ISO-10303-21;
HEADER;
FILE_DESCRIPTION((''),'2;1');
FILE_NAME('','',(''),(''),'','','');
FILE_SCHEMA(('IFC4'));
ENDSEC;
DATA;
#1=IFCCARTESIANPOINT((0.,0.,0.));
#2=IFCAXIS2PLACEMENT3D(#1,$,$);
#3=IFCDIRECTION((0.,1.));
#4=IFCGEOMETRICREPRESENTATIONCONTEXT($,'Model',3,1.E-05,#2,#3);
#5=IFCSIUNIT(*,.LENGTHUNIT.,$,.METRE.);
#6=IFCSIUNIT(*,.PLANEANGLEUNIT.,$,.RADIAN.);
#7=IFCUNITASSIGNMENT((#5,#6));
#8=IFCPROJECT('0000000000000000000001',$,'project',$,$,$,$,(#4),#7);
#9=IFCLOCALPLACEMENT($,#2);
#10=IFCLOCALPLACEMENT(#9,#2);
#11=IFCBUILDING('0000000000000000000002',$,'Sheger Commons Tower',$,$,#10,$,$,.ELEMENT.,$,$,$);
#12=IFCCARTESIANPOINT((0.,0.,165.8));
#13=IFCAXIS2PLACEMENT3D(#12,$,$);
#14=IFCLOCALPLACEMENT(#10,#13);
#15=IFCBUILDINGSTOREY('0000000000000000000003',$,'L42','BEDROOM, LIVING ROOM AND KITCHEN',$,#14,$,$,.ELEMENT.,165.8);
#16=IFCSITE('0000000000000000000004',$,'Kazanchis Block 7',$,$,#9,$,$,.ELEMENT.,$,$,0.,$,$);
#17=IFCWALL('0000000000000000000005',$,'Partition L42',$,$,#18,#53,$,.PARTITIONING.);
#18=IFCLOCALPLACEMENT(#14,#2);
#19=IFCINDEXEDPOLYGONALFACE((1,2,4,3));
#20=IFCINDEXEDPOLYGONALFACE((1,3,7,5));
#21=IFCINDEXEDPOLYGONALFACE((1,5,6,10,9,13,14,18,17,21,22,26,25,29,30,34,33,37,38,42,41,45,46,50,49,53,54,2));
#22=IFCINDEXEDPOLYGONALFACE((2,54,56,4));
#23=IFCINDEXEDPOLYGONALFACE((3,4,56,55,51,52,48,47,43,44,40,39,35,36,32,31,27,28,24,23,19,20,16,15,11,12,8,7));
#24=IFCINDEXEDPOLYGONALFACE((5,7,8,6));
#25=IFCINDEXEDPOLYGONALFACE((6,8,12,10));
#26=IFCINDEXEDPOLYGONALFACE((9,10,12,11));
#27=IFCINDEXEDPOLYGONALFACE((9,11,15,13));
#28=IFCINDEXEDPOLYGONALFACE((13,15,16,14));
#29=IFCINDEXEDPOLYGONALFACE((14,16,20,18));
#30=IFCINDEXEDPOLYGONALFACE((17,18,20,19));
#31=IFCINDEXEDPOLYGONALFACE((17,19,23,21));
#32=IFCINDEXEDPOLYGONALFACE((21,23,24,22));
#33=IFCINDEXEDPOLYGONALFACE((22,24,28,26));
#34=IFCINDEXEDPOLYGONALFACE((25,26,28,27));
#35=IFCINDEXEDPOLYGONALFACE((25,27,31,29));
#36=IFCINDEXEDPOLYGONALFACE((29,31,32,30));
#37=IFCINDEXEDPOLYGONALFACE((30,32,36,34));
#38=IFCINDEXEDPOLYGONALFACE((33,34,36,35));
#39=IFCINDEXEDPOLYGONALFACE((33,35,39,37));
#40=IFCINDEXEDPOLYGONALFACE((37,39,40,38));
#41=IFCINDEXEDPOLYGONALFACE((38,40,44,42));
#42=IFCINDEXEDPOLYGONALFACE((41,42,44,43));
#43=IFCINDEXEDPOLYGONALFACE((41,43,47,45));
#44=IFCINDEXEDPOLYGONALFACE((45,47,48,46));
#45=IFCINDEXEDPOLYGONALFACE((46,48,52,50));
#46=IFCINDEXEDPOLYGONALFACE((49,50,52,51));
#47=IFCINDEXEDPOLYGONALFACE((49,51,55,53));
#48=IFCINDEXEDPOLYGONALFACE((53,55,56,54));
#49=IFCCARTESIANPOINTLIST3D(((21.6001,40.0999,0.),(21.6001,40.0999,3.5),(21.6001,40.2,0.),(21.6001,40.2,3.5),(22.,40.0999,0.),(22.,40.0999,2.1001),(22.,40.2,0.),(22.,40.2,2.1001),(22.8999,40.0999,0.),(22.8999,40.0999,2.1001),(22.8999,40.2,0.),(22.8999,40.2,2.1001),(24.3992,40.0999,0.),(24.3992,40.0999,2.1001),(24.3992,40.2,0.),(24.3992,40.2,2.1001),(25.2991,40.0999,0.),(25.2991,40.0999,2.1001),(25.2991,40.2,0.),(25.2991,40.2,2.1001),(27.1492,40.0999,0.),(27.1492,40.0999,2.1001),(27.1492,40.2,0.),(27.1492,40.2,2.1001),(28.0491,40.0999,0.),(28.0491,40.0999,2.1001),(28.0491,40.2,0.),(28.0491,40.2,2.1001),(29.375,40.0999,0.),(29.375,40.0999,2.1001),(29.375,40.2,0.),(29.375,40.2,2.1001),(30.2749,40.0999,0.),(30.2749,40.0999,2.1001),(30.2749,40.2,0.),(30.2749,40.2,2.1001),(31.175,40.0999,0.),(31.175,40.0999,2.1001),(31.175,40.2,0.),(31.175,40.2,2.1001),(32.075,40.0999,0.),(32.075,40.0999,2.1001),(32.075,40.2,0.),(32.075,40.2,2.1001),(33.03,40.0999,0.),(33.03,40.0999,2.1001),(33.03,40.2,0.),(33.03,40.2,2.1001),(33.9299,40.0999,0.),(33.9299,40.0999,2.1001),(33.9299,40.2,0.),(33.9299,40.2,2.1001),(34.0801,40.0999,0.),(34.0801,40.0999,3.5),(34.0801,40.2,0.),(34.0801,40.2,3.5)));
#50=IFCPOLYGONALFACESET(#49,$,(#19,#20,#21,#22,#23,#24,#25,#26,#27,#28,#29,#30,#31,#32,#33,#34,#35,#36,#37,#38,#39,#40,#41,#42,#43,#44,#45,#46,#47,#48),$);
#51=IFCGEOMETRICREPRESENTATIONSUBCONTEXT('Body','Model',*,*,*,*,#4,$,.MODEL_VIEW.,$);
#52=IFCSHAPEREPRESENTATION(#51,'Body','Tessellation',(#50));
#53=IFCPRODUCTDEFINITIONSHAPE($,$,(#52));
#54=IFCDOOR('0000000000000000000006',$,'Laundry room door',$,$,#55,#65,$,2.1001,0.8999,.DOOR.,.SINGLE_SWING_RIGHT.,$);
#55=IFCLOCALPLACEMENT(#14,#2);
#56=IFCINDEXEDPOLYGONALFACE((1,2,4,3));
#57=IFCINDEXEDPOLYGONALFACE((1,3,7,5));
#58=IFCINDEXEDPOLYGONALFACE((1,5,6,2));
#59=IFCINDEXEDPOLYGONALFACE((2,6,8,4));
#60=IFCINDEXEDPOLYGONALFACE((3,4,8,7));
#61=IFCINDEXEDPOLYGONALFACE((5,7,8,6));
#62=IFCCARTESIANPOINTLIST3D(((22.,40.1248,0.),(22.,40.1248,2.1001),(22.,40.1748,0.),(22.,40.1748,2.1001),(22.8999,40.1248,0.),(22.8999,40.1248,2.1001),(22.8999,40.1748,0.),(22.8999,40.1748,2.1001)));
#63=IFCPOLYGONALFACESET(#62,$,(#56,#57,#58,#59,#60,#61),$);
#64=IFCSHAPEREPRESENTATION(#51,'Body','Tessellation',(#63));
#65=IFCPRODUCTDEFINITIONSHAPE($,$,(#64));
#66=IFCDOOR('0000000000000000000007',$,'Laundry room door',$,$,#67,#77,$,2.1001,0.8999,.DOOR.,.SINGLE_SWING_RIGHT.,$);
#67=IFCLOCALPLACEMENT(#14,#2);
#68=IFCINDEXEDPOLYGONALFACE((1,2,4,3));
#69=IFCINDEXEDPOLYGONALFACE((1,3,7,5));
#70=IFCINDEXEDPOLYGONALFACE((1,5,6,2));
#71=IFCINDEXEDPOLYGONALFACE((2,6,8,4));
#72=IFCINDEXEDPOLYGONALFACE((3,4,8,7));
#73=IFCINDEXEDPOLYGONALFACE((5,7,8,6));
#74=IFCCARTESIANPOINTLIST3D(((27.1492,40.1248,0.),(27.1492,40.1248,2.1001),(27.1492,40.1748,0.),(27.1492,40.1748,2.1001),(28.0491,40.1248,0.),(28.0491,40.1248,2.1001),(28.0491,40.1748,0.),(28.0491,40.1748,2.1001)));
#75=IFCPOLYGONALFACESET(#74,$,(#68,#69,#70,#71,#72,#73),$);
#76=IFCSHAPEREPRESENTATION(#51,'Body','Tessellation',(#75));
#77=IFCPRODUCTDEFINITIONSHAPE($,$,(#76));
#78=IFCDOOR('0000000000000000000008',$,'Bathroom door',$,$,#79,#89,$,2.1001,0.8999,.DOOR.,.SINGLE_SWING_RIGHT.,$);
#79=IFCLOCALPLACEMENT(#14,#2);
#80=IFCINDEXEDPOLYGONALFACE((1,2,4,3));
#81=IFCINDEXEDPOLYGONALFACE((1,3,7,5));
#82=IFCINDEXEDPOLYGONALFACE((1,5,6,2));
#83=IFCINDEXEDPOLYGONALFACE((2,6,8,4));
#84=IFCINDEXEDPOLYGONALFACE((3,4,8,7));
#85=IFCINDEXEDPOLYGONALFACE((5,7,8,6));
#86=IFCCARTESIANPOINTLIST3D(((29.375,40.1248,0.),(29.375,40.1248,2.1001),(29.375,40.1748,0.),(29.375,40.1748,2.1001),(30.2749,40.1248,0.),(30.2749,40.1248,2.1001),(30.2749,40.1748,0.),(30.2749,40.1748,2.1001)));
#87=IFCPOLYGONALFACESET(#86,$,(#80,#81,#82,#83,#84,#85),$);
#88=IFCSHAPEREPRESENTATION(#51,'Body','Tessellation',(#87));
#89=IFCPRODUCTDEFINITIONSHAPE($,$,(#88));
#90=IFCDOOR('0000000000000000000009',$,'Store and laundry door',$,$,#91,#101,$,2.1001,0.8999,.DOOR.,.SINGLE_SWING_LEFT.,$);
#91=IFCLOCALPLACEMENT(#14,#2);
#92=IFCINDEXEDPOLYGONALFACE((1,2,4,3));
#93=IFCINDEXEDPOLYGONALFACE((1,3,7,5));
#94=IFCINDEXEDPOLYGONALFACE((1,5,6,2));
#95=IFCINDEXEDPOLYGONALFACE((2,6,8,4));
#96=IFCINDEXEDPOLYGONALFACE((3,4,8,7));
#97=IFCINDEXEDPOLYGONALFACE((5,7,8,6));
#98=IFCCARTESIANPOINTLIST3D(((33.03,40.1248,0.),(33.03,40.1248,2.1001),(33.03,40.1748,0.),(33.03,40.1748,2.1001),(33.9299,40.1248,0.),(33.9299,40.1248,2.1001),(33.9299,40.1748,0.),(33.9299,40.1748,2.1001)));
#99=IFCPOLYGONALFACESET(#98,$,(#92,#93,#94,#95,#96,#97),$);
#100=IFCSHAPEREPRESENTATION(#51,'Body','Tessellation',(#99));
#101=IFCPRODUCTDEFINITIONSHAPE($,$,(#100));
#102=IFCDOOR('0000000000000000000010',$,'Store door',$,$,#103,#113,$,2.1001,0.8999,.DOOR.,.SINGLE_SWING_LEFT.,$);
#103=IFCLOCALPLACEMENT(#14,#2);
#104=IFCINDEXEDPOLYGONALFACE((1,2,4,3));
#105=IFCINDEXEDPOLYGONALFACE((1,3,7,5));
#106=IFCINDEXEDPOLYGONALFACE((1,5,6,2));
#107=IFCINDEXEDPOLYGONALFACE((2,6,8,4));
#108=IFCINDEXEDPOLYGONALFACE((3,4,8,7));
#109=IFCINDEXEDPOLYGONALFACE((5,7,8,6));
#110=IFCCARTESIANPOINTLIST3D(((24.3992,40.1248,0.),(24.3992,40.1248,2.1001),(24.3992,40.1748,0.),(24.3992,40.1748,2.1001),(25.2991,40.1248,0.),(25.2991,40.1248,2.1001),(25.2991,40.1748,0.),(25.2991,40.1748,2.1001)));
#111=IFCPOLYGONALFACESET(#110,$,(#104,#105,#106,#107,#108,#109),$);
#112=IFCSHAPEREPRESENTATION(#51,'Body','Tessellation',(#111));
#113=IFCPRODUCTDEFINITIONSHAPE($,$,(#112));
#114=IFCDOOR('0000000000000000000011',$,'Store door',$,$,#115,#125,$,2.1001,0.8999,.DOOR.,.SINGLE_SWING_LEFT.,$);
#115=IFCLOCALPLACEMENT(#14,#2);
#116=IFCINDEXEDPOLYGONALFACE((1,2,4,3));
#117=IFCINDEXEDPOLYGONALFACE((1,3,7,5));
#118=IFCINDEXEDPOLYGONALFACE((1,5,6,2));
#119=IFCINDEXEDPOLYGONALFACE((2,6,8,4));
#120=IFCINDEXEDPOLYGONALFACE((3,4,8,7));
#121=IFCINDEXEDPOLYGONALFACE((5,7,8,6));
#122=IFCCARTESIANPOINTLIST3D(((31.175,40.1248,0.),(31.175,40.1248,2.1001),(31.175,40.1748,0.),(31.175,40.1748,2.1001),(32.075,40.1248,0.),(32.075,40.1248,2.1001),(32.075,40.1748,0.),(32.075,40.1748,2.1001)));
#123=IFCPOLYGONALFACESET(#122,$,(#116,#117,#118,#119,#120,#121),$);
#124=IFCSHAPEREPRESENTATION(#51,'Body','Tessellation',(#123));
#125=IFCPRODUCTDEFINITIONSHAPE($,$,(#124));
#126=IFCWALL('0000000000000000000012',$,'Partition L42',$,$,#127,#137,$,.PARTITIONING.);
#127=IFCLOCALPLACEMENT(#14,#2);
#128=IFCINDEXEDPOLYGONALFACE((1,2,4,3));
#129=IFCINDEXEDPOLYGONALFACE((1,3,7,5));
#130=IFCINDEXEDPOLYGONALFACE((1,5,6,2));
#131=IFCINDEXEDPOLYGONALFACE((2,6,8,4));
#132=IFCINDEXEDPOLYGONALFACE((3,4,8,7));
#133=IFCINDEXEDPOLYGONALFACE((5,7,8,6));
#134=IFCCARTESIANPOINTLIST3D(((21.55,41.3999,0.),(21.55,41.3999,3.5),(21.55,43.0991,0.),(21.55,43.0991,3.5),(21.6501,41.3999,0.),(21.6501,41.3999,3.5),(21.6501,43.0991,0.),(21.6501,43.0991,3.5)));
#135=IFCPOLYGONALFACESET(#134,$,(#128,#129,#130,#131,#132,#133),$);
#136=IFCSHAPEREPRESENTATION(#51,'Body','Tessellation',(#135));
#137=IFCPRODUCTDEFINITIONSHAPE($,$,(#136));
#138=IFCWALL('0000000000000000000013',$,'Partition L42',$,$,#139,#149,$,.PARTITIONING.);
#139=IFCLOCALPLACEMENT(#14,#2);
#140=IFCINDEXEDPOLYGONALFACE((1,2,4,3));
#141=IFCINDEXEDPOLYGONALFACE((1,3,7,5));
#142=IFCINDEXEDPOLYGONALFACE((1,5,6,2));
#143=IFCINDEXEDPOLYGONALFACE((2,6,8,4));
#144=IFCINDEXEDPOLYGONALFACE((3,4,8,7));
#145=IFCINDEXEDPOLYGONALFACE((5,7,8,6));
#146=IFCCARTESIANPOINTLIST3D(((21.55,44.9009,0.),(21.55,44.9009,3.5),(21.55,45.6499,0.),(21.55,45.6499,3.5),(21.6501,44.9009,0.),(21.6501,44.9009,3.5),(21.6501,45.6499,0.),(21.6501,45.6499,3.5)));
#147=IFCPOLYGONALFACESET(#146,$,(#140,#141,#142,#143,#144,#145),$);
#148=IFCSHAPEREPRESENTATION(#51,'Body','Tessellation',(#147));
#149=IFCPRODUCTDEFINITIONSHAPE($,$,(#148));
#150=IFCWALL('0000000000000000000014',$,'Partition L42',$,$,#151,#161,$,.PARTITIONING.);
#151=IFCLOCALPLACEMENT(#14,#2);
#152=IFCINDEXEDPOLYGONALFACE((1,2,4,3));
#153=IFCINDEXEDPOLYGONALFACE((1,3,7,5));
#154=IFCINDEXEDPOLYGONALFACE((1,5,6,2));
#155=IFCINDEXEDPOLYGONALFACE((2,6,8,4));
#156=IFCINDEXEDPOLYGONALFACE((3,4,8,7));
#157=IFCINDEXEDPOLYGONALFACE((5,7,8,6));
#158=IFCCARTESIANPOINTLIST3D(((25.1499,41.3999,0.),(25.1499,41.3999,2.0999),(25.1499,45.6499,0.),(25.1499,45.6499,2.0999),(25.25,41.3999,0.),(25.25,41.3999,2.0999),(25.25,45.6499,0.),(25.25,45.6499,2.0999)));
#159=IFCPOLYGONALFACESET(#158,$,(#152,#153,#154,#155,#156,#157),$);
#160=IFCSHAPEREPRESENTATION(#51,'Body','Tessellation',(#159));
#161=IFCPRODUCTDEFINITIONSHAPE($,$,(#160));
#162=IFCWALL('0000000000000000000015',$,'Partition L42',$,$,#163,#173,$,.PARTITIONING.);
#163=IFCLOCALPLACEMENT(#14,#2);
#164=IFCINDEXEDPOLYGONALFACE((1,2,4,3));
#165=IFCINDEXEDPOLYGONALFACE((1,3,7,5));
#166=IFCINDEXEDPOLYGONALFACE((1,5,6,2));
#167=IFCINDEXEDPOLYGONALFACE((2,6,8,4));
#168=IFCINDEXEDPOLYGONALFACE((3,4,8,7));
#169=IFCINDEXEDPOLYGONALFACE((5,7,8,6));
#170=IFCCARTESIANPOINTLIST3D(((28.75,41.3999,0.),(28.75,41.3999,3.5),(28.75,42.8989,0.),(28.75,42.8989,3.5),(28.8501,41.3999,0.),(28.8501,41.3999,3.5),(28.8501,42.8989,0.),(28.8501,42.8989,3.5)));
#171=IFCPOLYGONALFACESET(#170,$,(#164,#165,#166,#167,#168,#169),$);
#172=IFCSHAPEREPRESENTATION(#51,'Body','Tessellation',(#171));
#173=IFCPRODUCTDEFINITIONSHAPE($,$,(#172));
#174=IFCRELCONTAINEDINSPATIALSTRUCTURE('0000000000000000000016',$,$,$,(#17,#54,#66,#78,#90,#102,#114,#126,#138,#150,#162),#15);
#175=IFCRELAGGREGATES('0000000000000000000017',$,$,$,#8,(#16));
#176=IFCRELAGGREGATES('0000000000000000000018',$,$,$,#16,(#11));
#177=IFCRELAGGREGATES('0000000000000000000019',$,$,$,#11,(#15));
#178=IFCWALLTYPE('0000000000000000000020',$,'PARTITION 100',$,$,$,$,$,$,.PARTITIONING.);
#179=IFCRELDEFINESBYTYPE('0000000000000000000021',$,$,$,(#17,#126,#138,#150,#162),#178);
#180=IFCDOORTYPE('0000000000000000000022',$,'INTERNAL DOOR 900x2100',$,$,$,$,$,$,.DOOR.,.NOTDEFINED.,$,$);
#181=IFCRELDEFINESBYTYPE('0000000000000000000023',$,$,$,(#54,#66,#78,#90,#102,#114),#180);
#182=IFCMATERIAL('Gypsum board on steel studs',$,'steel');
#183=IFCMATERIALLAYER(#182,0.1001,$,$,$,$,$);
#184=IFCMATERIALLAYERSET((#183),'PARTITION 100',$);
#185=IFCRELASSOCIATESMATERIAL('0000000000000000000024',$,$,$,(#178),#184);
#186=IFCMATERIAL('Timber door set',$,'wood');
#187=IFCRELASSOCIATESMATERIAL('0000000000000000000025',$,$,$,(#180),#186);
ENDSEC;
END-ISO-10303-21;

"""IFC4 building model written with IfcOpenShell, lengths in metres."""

from ifc_helpers import new_model, si_unit, direction, frame, frame_2d, origin, place, context, subcontext, project, spatial, rectangle, extrude, material, layer, layer_set, type_object, element, fill, save


model = new_model("IFC4")

# Units and contexts
model_context = context("Model", 3, precision=1e-05, world=origin(), true_north=direction((0.0, 1.0)))
body_context = subcontext(model_context, "Body", "Model", "MODEL_VIEW")
ifc_project = project(units=[si_unit("LENGTHUNIT", "METRE"), si_unit("PLANEANGLEUNIT", "RADIAN")], contexts=[model_context])

# Site, building, storey
site_placement = place(None, origin())
site = spatial("IfcSite", under=ifc_project, at=site_placement, Name="Kazanchis Block 7", CompositionType="ELEMENT", RefElevation=0.0)
building_placement = place(site_placement, origin())
building = spatial("IfcBuilding", under=site, at=building_placement, Name="Sheger Commons Tower", CompositionType="ELEMENT")
storey_placement = place(building_placement, frame((0.0, 0.0, 165.8)))
storey = spatial("IfcBuildingStorey", under=building, at=storey_placement, Name="L42", Description="BEDROOM, LIVING ROOM AND KITCHEN", CompositionType="ELEMENT", Elevation=165.8)

# Wall, openings, doors
ifc_material_1 = material(Name="Gypsum board on steel studs", Category="steel")
ifc_layer_1 = layer(ifc_material_1, 0.1001)
ifc_layer_set_1 = layer_set([ifc_layer_1], Name="PARTITION 100")
wall_type = type_object("IfcWallType", Name="PARTITION 100", PredefinedType="PARTITIONING", material=ifc_layer_set_1)
ifc_material_2 = material(Name="Timber door set", Category="wood")
door_type = type_object("IfcDoorType", Name="INTERNAL DOOR 900x2100", OperationType="NOTDEFINED", PredefinedType="DOOR", material=ifc_material_2)
wall_1_placement = place(storey_placement, frame((21.6001, 40.1499, 0.0), z_axis=(0.0, 0.0, 1.0), x_axis=(1.0, 0.0, 0.0)))
wall_1 = element("IfcWall", 1, at=wall_1_placement, inside=storey, type_object=wall_type, Name="Partition L42", PredefinedType="PARTITIONING", context=body_context, shape_type="SweptSolid", body=[
    extrude(rectangle(XDim=12.48, YDim=0.1001, at=frame_2d((6.24, 0.0))), origin(), (0.0, 0.0, 1.0), 3.5),
])
opening_1_placement = place(wall_1_placement, frame((0.3999, 0.0, 0.0)))
opening_1 = element("IfcOpeningElement", 2, at=opening_1_placement, cuts=wall_1, PredefinedType="OPENING", context=body_context, shape_type="SweptSolid", body=[
    extrude(rectangle(XDim=0.8999, YDim=2.1001, at=frame_2d((0.45, 1.05))), frame((0.0, 0.0601, 0.0), z_axis=(0.0, -1.0, 0.0), x_axis=(1.0, 0.0, 0.0)), (0.0, 0.0, 1.0), 0.1201),
])
opening_2_placement = place(wall_1_placement, frame((5.5491, 0.0, 0.0)))
opening_2 = element("IfcOpeningElement", 3, at=opening_2_placement, cuts=wall_1, PredefinedType="OPENING", context=body_context, shape_type="SweptSolid", body=[
    extrude(rectangle(XDim=0.8999, YDim=2.1001, at=frame_2d((0.45, 1.05))), frame((0.0, 0.0601, 0.0), z_axis=(0.0, -1.0, 0.0), x_axis=(1.0, 0.0, 0.0)), (0.0, 0.0, 1.0), 0.1201),
])
opening_3_placement = place(wall_1_placement, frame((7.7749, 0.0, 0.0)))
opening_3 = element("IfcOpeningElement", 4, at=opening_3_placement, cuts=wall_1, PredefinedType="OPENING", context=body_context, shape_type="SweptSolid", body=[
    extrude(rectangle(XDim=0.8999, YDim=2.1001, at=frame_2d((0.45, 1.05))), frame((0.0, 0.0601, 0.0), z_axis=(0.0, -1.0, 0.0), x_axis=(1.0, 0.0, 0.0)), (0.0, 0.0, 1.0), 0.1201),
])
opening_4_placement = place(wall_1_placement, frame((11.4299, 0.0, 0.0)))
opening_4 = element("IfcOpeningElement", 5, at=opening_4_placement, cuts=wall_1, PredefinedType="OPENING", context=body_context, shape_type="SweptSolid", body=[
    extrude(rectangle(XDim=0.8999, YDim=2.1001, at=frame_2d((0.45, 1.05))), frame((0.0, 0.0601, 0.0), z_axis=(0.0, -1.0, 0.0), x_axis=(1.0, 0.0, 0.0)), (0.0, 0.0, 1.0), 0.1201),
])
opening_5_placement = place(wall_1_placement, frame((2.7991, 0.0, 0.0)))
opening_5 = element("IfcOpeningElement", 6, at=opening_5_placement, cuts=wall_1, PredefinedType="OPENING", context=body_context, shape_type="SweptSolid", body=[
    extrude(rectangle(XDim=0.8999, YDim=2.1001, at=frame_2d((0.45, 1.05))), frame((0.0, 0.0601, 0.0), z_axis=(0.0, -1.0, 0.0), x_axis=(1.0, 0.0, 0.0)), (0.0, 0.0, 1.0), 0.1201),
])
opening_6_placement = place(wall_1_placement, frame((9.575, 0.0, 0.0)))
opening_6 = element("IfcOpeningElement", 7, at=opening_6_placement, cuts=wall_1, PredefinedType="OPENING", context=body_context, shape_type="SweptSolid", body=[
    extrude(rectangle(XDim=0.8999, YDim=2.1001, at=frame_2d((0.45, 1.05))), frame((0.0, 0.0601, 0.0), z_axis=(0.0, -1.0, 0.0), x_axis=(1.0, 0.0, 0.0)), (0.0, 0.0, 1.0), 0.1201),
])
door_1_placement = place(opening_1_placement, origin())
door_1 = element("IfcDoor", 8, at=door_1_placement, inside=storey, type_object=door_type, Name="Laundry room door", OperationType="SINGLE_SWING_RIGHT", OverallHeight=2.1001, OverallWidth=0.8999, PredefinedType="DOOR", context=body_context, shape_type="SweptSolid", body=[
    extrude(rectangle(XDim=0.8999, YDim=2.1001, at=frame_2d((0.45, 1.05))), frame((0.0, 0.0249, 0.0), z_axis=(0.0, -1.0, 0.0), x_axis=(1.0, 0.0, 0.0)), (0.0, 0.0, 1.0), 0.05),
])
fill(opening_1, door_1)
door_2_placement = place(opening_2_placement, origin())
door_2 = element("IfcDoor", 9, at=door_2_placement, inside=storey, type_object=door_type, Name="Laundry room door", OperationType="SINGLE_SWING_RIGHT", OverallHeight=2.1001, OverallWidth=0.8999, PredefinedType="DOOR", context=body_context, shape_type="SweptSolid", body=[
    extrude(rectangle(XDim=0.8999, YDim=2.1001, at=frame_2d((0.45, 1.05))), frame((0.0, 0.0249, 0.0), z_axis=(0.0, -1.0, 0.0), x_axis=(1.0, 0.0, 0.0)), (0.0, 0.0, 1.0), 0.05),
])
fill(opening_2, door_2)
door_3_placement = place(opening_3_placement, origin())
door_3 = element("IfcDoor", 10, at=door_3_placement, inside=storey, type_object=door_type, Name="Bathroom door", OperationType="SINGLE_SWING_RIGHT", OverallHeight=2.1001, OverallWidth=0.8999, PredefinedType="DOOR", context=body_context, shape_type="SweptSolid", body=[
    extrude(rectangle(XDim=0.8999, YDim=2.1001, at=frame_2d((0.45, 1.05))), frame((0.0, 0.0249, 0.0), z_axis=(0.0, -1.0, 0.0), x_axis=(1.0, 0.0, 0.0)), (0.0, 0.0, 1.0), 0.05),
])
fill(opening_3, door_3)
door_4_placement = place(opening_4_placement, origin())
door_4 = element("IfcDoor", 11, at=door_4_placement, inside=storey, type_object=door_type, Name="Store and laundry door", OperationType="SINGLE_SWING_LEFT", OverallHeight=2.1001, OverallWidth=0.8999, PredefinedType="DOOR", context=body_context, shape_type="SweptSolid", body=[
    extrude(rectangle(XDim=0.8999, YDim=2.1001, at=frame_2d((0.45, 1.05))), frame((0.0, 0.0249, 0.0), z_axis=(0.0, -1.0, 0.0), x_axis=(1.0, 0.0, 0.0)), (0.0, 0.0, 1.0), 0.05),
])
fill(opening_4, door_4)
door_5_placement = place(opening_5_placement, origin())
door_5 = element("IfcDoor", 12, at=door_5_placement, inside=storey, type_object=door_type, Name="Store door", OperationType="SINGLE_SWING_LEFT", OverallHeight=2.1001, OverallWidth=0.8999, PredefinedType="DOOR", context=body_context, shape_type="SweptSolid", body=[
    extrude(rectangle(XDim=0.8999, YDim=2.1001, at=frame_2d((0.45, 1.05))), frame((0.0, 0.0249, 0.0), z_axis=(0.0, -1.0, 0.0), x_axis=(1.0, 0.0, 0.0)), (0.0, 0.0, 1.0), 0.05),
])
fill(opening_5, door_5)
door_6_placement = place(opening_6_placement, origin())
door_6 = element("IfcDoor", 13, at=door_6_placement, inside=storey, type_object=door_type, Name="Store door", OperationType="SINGLE_SWING_LEFT", OverallHeight=2.1001, OverallWidth=0.8999, PredefinedType="DOOR", context=body_context, shape_type="SweptSolid", body=[
    extrude(rectangle(XDim=0.8999, YDim=2.1001, at=frame_2d((0.45, 1.05))), frame((0.0, 0.0249, 0.0), z_axis=(0.0, -1.0, 0.0), x_axis=(1.0, 0.0, 0.0)), (0.0, 0.0, 1.0), 0.05),
])
fill(opening_6, door_6)

# Walls
wall_2_placement = place(storey_placement, frame((21.6001, 41.3999, 0.0), z_axis=(0.0, 0.0, 1.0), x_axis=(0.0, 1.0, 0.0)))
element("IfcWall", 14, at=wall_2_placement, inside=storey, type_object=wall_type, Name="Partition L42", PredefinedType="PARTITIONING", context=body_context, shape_type="SweptSolid", body=[
    extrude(rectangle(XDim=1.6992, YDim=0.1001, at=frame_2d((0.8496, 0.0))), origin(), (0.0, 0.0, 1.0), 3.5),
])
wall_3_placement = place(storey_placement, frame((21.6001, 44.9009, 0.0), z_axis=(0.0, 0.0, 1.0), x_axis=(0.0, 1.0, 0.0)))
element("IfcWall", 15, at=wall_3_placement, inside=storey, type_object=wall_type, Name="Partition L42", PredefinedType="PARTITIONING", context=body_context, shape_type="SweptSolid", body=[
    extrude(rectangle(XDim=0.749, YDim=0.1001, at=frame_2d((0.3745, 0.0))), origin(), (0.0, 0.0, 1.0), 3.5),
])
wall_4_placement = place(storey_placement, frame((25.2, 41.3999, 0.0), z_axis=(0.0, 0.0, 1.0), x_axis=(0.0, 1.0, 0.0)))
element("IfcWall", 16, at=wall_4_placement, inside=storey, type_object=wall_type, Name="Partition L42", PredefinedType="PARTITIONING", context=body_context, shape_type="SweptSolid", body=[
    extrude(rectangle(XDim=4.25, YDim=0.1001, at=frame_2d((2.125, 0.0))), origin(), (0.0, 0.0, 1.0), 2.0999),
])
wall_5_placement = place(storey_placement, frame((28.8, 41.3999, 0.0), z_axis=(0.0, 0.0, 1.0), x_axis=(0.0, 1.0, 0.0)))
element("IfcWall", 17, at=wall_5_placement, inside=storey, type_object=wall_type, Name="Partition L42", PredefinedType="PARTITIONING", context=body_context, shape_type="SweptSolid", body=[
    extrude(rectangle(XDim=1.499, YDim=0.1001, at=frame_2d((0.7495, 0.0))), origin(), (0.0, 0.0, 1.0), 3.5),
])

save(model, "model.ifc")
